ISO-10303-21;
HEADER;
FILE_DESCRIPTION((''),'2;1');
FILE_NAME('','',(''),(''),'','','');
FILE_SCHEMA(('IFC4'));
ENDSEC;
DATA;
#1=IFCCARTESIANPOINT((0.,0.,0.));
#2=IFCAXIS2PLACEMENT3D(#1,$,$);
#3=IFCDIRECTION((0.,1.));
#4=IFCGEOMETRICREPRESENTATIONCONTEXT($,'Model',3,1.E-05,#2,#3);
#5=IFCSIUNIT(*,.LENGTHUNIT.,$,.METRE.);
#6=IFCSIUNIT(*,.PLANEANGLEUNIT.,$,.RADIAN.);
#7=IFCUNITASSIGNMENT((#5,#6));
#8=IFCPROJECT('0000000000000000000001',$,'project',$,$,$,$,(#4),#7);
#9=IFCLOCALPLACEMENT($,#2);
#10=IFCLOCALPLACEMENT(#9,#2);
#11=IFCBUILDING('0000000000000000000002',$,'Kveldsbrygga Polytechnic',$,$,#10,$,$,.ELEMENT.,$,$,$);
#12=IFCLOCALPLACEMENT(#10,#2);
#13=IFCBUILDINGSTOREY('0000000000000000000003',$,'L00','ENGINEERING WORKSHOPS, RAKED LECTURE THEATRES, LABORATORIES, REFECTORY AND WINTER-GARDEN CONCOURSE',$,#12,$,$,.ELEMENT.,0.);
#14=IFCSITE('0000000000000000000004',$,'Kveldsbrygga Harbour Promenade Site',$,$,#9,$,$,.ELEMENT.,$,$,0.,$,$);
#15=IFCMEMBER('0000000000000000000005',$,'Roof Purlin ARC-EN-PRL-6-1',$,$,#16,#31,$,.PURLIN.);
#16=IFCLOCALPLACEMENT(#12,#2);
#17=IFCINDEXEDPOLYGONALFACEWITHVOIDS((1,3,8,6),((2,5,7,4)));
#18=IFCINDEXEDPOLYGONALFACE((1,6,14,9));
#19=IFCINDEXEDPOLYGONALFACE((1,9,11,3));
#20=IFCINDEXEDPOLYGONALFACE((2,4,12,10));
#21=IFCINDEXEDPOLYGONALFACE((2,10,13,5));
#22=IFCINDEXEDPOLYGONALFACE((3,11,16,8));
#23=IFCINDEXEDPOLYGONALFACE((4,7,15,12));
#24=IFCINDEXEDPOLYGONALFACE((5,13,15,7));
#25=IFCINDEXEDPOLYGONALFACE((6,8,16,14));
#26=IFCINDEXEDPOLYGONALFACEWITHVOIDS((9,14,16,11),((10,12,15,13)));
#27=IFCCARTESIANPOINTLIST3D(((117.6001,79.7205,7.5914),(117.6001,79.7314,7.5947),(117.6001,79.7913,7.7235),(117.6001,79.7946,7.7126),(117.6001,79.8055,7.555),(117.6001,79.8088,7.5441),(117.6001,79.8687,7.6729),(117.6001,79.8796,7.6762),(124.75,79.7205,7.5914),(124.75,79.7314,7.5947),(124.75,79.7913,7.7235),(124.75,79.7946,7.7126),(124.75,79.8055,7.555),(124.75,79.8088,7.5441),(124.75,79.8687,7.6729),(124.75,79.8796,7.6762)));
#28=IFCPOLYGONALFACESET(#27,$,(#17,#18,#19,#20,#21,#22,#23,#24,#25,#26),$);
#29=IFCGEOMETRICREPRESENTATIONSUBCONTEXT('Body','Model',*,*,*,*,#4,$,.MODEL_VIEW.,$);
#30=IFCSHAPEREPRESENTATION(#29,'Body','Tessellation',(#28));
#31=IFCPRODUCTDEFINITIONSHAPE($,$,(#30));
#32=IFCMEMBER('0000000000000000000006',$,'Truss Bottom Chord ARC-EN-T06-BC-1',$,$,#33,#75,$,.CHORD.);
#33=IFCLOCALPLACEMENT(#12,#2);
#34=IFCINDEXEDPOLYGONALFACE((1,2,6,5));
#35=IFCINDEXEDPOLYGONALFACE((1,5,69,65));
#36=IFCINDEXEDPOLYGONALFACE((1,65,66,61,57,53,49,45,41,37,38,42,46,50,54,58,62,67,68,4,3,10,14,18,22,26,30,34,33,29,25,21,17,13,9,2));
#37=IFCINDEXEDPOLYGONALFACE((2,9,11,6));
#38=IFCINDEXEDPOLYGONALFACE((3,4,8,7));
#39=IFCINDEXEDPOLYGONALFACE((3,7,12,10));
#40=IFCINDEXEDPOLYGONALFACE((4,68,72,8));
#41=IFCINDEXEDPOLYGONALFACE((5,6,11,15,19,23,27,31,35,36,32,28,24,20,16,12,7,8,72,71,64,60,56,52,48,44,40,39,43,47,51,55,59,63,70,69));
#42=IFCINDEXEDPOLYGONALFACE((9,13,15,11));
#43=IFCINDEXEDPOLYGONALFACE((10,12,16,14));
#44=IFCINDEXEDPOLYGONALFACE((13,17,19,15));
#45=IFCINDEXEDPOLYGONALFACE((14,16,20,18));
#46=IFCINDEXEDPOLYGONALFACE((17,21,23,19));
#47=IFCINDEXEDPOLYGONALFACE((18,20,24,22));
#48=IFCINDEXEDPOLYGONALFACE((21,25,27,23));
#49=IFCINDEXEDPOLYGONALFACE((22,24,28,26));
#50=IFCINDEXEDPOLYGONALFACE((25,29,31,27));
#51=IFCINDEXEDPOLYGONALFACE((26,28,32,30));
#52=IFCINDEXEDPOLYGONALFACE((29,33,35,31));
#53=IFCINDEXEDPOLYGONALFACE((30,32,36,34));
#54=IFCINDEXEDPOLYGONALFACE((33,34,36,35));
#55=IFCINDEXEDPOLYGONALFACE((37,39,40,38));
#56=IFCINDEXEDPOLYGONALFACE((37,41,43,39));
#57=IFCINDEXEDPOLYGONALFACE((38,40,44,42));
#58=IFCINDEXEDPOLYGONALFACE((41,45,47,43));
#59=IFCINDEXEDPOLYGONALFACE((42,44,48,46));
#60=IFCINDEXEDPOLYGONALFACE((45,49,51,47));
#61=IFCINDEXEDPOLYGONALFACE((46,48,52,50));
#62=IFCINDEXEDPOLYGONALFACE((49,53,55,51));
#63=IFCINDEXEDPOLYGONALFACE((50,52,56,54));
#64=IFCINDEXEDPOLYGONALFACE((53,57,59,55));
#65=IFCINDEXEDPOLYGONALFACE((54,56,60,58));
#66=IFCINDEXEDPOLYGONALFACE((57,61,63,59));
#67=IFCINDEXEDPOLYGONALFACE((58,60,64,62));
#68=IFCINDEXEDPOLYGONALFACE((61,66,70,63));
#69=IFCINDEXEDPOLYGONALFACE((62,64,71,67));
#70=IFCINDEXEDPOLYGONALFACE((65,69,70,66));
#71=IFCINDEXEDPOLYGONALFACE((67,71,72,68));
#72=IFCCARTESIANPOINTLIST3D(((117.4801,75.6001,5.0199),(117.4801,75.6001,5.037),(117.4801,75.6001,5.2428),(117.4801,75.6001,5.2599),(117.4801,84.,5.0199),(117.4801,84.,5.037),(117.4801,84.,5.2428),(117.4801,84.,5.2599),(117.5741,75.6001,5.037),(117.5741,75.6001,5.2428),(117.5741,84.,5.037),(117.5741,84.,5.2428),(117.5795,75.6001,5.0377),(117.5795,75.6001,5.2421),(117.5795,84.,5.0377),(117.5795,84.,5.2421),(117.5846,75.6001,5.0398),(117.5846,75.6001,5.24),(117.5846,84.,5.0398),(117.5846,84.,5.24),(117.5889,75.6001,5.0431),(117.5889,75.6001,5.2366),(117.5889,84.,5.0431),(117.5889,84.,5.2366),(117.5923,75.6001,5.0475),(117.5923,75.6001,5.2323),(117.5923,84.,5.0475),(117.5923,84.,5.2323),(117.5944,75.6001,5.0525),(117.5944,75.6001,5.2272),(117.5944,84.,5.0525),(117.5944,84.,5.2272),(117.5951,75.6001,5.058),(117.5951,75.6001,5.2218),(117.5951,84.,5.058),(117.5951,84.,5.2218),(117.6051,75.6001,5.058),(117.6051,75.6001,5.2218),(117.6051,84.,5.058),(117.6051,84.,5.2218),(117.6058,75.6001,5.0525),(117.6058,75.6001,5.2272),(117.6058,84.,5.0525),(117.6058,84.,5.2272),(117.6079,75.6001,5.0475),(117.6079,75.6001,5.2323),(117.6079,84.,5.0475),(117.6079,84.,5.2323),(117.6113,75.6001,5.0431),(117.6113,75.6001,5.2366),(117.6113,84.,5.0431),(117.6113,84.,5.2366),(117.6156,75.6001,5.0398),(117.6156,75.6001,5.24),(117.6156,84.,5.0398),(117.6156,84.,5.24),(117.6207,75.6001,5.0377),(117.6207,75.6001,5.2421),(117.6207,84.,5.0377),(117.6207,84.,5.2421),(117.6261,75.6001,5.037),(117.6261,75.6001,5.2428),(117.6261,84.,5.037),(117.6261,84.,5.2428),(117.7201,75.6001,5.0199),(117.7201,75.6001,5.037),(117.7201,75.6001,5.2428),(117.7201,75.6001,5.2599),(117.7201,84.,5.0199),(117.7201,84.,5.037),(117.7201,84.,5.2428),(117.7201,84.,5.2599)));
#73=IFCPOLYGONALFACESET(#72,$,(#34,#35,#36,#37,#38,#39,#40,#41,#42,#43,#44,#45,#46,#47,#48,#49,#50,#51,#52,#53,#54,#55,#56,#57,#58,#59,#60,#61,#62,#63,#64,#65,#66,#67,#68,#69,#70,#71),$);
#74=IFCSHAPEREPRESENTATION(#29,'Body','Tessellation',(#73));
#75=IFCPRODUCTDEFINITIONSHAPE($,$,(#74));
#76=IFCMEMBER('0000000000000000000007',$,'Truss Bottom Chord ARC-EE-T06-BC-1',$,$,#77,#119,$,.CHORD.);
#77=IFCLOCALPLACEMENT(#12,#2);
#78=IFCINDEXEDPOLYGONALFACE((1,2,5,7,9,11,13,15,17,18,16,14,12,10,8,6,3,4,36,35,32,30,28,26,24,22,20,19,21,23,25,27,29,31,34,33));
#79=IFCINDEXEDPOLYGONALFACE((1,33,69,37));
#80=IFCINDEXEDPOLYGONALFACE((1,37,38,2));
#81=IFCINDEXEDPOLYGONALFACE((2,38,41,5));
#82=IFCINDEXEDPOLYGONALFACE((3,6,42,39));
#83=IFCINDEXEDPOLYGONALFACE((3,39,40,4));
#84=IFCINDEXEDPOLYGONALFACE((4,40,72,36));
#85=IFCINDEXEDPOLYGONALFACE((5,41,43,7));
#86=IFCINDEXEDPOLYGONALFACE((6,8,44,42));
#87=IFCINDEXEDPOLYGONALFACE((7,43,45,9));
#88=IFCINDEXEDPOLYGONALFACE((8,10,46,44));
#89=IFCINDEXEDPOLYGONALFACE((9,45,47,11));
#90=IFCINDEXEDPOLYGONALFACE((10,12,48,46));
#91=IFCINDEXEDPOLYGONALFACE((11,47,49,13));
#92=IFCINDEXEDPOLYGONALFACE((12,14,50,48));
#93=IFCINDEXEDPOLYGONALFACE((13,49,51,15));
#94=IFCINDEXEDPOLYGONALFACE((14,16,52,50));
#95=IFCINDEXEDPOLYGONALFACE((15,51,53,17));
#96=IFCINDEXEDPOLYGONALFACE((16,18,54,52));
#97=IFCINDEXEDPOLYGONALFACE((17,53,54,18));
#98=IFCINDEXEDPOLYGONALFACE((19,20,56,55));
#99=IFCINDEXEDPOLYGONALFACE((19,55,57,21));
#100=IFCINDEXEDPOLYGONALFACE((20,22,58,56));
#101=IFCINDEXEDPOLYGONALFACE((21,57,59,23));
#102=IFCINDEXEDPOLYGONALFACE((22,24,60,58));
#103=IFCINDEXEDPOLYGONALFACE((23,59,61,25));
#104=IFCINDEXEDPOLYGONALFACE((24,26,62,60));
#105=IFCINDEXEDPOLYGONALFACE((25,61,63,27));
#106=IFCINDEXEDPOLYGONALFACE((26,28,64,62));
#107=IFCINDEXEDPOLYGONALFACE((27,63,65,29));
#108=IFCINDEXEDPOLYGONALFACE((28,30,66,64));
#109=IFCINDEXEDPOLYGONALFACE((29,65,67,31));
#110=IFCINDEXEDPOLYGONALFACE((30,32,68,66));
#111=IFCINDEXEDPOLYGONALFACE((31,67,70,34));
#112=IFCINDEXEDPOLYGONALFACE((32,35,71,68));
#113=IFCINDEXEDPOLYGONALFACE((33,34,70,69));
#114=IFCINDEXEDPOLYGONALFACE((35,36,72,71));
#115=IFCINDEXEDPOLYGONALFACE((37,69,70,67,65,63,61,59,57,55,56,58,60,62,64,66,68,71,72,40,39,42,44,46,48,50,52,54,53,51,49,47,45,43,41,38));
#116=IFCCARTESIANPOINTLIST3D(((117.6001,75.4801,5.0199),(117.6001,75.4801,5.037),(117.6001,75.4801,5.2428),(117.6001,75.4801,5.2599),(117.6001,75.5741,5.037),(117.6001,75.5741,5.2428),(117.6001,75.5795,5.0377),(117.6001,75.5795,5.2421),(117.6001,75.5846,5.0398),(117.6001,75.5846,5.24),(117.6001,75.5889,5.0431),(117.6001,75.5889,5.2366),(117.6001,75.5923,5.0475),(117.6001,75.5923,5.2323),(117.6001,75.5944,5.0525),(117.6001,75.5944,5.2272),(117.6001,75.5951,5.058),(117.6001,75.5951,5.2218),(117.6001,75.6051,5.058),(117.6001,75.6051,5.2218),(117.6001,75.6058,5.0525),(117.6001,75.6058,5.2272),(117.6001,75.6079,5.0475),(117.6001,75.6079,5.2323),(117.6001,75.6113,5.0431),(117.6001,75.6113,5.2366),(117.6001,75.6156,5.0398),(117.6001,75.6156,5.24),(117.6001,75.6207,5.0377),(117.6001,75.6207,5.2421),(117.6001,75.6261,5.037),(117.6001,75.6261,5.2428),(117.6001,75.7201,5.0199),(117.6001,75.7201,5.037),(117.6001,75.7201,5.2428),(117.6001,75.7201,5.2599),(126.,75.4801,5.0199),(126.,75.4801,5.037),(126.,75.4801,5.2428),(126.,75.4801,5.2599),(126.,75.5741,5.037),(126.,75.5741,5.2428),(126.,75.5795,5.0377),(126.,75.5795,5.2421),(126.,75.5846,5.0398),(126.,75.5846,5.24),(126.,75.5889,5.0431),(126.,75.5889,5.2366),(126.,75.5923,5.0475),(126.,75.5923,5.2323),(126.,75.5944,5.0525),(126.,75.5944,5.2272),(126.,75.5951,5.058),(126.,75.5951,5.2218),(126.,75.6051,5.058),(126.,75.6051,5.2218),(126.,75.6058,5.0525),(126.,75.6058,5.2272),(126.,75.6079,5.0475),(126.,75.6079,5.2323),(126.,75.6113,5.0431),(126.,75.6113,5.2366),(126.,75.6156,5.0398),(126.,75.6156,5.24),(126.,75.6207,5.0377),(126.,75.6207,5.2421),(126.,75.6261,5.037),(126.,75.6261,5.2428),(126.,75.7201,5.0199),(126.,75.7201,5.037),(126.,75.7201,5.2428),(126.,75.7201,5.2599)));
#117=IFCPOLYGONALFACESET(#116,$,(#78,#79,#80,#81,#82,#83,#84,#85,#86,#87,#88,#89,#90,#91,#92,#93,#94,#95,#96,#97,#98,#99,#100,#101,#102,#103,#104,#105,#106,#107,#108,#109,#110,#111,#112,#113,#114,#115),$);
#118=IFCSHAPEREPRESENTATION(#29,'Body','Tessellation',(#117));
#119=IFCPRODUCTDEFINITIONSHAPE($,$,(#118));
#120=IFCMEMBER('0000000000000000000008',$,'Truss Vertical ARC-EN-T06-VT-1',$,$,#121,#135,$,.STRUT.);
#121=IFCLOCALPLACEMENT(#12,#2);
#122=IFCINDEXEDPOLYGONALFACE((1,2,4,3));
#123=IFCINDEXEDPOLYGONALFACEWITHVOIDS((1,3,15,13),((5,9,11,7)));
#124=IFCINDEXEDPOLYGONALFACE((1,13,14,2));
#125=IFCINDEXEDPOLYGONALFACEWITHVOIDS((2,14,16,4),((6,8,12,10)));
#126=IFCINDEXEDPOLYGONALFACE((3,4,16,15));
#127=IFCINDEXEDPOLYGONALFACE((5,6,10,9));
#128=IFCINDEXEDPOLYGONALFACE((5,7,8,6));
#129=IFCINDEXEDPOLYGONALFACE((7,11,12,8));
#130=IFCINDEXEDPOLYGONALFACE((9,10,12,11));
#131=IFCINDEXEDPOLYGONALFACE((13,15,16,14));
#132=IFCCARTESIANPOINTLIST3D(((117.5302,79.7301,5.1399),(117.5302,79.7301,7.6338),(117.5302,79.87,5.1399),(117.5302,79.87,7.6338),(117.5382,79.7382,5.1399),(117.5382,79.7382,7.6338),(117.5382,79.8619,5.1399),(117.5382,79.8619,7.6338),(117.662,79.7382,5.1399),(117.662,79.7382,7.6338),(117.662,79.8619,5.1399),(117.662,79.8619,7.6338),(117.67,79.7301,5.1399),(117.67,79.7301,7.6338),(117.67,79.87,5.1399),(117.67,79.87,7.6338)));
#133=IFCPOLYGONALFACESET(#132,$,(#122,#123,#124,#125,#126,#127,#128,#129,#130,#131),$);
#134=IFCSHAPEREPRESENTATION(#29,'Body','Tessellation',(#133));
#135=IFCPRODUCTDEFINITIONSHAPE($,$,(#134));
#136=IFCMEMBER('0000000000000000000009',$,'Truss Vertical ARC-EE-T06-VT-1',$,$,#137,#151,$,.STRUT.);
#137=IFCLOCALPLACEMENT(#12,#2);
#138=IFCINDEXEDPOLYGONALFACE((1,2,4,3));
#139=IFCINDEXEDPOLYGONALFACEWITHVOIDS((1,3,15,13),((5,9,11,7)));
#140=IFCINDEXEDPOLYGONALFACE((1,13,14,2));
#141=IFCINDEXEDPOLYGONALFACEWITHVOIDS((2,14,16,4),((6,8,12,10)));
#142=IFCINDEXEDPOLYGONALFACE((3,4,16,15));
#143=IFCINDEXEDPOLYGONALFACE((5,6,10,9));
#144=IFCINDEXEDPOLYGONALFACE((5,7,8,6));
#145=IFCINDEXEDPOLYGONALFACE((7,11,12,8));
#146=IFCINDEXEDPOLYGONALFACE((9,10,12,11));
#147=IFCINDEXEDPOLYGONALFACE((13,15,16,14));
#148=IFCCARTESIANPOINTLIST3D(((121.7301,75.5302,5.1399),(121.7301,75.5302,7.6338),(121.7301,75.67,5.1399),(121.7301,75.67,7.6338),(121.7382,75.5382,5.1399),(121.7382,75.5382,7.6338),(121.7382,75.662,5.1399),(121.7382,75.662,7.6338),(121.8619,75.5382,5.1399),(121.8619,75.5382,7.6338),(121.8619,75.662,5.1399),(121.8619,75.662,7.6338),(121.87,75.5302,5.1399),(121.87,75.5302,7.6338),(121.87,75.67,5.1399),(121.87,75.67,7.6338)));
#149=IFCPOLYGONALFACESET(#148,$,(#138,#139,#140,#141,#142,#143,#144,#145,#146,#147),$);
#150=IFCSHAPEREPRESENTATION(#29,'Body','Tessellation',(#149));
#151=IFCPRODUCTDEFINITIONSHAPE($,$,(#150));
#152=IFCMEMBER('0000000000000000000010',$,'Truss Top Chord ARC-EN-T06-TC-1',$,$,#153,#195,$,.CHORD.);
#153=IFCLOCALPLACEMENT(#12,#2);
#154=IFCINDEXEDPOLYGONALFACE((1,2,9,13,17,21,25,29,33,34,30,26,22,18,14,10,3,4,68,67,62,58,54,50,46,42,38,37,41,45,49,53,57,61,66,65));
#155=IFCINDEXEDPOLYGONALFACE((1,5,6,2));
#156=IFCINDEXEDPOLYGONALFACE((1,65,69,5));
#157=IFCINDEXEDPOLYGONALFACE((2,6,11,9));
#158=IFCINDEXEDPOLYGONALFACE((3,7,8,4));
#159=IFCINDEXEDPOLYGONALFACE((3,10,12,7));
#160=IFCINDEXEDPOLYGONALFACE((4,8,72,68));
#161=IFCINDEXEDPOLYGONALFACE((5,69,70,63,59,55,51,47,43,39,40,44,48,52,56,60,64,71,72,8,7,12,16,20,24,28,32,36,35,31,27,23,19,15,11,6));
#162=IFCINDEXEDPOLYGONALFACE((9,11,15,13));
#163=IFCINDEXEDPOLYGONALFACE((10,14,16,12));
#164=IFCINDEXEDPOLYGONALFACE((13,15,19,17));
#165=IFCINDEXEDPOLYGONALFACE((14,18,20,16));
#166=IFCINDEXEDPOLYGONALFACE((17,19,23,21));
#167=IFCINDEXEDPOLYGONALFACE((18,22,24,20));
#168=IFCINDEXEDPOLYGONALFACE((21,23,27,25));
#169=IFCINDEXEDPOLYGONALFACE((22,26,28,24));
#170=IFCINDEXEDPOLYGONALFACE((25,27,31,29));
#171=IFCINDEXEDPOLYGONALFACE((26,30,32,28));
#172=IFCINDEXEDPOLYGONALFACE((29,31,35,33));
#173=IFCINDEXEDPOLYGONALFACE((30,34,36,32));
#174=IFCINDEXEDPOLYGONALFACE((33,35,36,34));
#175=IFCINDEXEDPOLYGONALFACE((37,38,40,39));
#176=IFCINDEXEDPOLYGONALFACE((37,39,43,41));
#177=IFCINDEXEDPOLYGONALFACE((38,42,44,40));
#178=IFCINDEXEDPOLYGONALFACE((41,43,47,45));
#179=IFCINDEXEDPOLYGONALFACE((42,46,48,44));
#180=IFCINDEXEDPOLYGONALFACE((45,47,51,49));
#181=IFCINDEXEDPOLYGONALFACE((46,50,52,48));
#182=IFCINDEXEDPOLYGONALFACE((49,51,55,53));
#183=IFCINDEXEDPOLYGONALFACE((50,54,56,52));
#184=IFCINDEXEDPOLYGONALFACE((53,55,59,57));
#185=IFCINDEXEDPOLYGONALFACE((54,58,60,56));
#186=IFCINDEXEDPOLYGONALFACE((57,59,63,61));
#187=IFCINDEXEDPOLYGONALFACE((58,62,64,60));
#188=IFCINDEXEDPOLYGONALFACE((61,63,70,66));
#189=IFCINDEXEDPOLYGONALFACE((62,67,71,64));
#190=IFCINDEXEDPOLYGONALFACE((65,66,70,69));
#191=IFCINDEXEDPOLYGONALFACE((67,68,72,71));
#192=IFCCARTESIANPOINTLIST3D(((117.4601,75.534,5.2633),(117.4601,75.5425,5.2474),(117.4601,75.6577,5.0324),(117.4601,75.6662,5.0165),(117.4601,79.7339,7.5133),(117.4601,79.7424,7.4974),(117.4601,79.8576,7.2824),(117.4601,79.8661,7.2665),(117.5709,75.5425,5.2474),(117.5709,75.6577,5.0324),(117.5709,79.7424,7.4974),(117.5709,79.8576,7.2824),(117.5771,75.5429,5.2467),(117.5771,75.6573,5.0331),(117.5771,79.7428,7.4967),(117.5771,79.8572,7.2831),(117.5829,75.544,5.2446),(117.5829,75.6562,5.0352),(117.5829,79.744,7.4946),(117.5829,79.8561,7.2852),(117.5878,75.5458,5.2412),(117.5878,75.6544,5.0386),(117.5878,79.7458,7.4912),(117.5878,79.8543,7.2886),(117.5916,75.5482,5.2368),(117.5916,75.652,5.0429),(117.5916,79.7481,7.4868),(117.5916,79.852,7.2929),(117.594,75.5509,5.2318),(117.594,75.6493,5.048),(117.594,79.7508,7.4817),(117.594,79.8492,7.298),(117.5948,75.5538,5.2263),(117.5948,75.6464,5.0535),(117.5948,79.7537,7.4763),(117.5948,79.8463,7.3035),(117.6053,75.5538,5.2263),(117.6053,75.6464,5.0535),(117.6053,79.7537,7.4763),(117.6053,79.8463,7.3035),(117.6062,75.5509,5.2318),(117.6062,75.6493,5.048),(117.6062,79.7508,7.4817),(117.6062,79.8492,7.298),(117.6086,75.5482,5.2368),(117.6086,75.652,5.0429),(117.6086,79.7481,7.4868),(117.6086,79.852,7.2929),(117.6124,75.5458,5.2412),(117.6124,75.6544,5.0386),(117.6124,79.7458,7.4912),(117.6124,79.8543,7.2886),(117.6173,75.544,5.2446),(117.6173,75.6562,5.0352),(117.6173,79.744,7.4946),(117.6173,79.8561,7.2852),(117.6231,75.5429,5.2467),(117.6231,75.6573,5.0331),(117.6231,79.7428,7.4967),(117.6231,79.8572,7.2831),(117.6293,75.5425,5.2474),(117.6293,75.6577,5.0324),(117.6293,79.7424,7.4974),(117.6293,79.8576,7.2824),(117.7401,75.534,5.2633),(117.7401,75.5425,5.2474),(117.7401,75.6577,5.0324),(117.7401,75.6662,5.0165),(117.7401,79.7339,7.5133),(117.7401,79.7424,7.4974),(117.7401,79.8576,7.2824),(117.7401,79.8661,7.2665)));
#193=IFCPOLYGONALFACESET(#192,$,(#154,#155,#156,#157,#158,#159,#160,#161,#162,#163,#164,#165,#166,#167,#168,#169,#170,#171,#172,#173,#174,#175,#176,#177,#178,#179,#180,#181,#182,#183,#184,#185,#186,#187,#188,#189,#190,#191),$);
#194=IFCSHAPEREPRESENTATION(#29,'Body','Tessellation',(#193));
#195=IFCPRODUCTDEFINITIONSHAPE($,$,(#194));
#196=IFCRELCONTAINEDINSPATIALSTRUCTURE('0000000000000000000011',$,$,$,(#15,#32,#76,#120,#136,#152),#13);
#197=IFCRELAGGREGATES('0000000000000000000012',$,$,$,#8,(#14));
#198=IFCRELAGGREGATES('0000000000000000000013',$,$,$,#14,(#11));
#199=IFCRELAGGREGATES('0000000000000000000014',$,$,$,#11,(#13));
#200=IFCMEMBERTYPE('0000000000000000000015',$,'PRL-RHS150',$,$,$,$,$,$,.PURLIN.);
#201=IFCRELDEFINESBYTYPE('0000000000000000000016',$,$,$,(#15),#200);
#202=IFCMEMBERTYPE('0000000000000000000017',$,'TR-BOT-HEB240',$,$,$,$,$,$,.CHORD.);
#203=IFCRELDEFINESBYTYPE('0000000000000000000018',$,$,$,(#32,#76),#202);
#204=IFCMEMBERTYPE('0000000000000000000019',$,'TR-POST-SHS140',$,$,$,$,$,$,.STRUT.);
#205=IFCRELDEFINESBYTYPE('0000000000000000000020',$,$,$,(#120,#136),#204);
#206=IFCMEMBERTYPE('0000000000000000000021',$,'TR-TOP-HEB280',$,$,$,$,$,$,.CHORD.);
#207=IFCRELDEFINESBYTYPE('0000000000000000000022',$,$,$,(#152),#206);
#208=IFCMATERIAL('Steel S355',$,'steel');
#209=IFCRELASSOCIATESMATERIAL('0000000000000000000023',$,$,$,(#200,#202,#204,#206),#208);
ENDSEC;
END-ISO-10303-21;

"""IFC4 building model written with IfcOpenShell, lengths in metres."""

from ifc_helpers import new_model, si_unit, direction, frame, origin, origin_2d, place, context, subcontext, project, spatial, hollow_rectangle, i_section, extrude, material, material_profile, profile_set, type_object, element, save


model = new_model("IFC4")

# Units and contexts
model_context = context("Model", 3, precision=1e-05, world=origin(), true_north=direction((0.0, 1.0)))
body_context = subcontext(model_context, "Body", "Model", "MODEL_VIEW")
ifc_project = project(units=[si_unit("LENGTHUNIT", "METRE"), si_unit("PLANEANGLEUNIT", "RADIAN")], contexts=[model_context])

# Site, building, storey
site_placement = place(None, origin())
site = spatial("IfcSite", under=ifc_project, at=site_placement, Name="Kveldsbrygga Harbour Promenade Site", CompositionType="ELEMENT", RefElevation=0.0)
building_placement = place(site_placement, origin())
building = spatial("IfcBuilding", under=site, at=building_placement, Name="Kveldsbrygga Polytechnic", CompositionType="ELEMENT")
storey_placement = place(building_placement, origin())
storey = spatial("IfcBuildingStorey", under=building, at=storey_placement, Name="L00", Description="ENGINEERING WORKSHOPS, RAKED LECTURE THEATRES, LABORATORIES, REFECTORY AND WINTER-GARDEN CONCOURSE", CompositionType="ELEMENT", Elevation=0.0)

# Members
ifc_material = material(Name="Steel S355", Category="steel")
ifc_material_profile_1 = material_profile(ifc_material, hollow_rectangle(XDim=0.1001, YDim=0.1499, WallThickness=0.0081, at=origin_2d()), Name="RHS 150x100x8.0")
ifc_profile_set_1 = profile_set([ifc_material_profile_1], Name="Steel S355")
member_type_1 = type_object("IfcMemberType", Name="PRL-RHS150", PredefinedType="PURLIN", material=ifc_profile_set_1)
member_placement = place(storey_placement, frame((117.6001, 79.8, 7.6338), z_axis=(1.0, 0.0, 0.0), x_axis=(0.0, 0.88148, -0.472222)))
element("IfcMember", 1, at=member_placement, inside=storey, type_object=member_type_1, Name="Roof Purlin ARC-EN-PRL-6-1", PredefinedType="PURLIN", context=body_context, shape_type="SweptSolid", body=[
    extrude(hollow_rectangle(XDim=0.1001, YDim=0.1499, WallThickness=0.0081, at=origin_2d()), origin(), (0.0, 0.0, 1.0), 7.1499),
])
ifc_material_profile_2 = material_profile(ifc_material, i_section(OverallWidth=0.24, OverallDepth=0.24, WebThickness=0.01, FlangeThickness=0.0171, FilletRadius=0.021, at=origin_2d()), Name="HEB 240")
ifc_profile_set_2 = profile_set([ifc_material_profile_2], Name="Steel S355")
member_type_2 = type_object("IfcMemberType", Name="TR-BOT-HEB240", PredefinedType="CHORD", material=ifc_profile_set_2)
for number, where, z_axis, x_axis, name in (
    (2, (117.6001, 75.6001, 5.1399), (0.0, 1.0, 0.0), (-1.0, 0.0, 0.0), "Truss Bottom Chord ARC-EN-T06-BC-1"),
    (3, (117.6001, 75.6001, 5.1399), (1.0, 0.0, 0.0), (0.0, 1.0, 0.0), "Truss Bottom Chord ARC-EE-T06-BC-1"),
):
    element("IfcMember", number, at=place(storey_placement, frame(where, z_axis=z_axis, x_axis=x_axis)), inside=storey, type_object=member_type_2, Name=name, PredefinedType="CHORD", context=body_context, shape_type="SweptSolid", body=[
        extrude(i_section(OverallWidth=0.24, OverallDepth=0.24, WebThickness=0.01, FlangeThickness=0.0171, FilletRadius=0.021, at=origin_2d()), origin(), (0.0, 0.0, 1.0), 8.3999),
    ])
ifc_material_profile_3 = material_profile(ifc_material, hollow_rectangle(XDim=0.1399, YDim=0.1399, WallThickness=0.0081, at=origin_2d()), Name="SHS 140x140x8.0")
ifc_profile_set_3 = profile_set([ifc_material_profile_3], Name="Steel S355")
member_type_3 = type_object("IfcMemberType", Name="TR-POST-SHS140", PredefinedType="STRUT", material=ifc_profile_set_3)
for number, where, z_axis, x_axis, name in (
    (4, (117.6001, 79.8, 5.1399), (0.0, 0.0, 1.0), (1.0, 0.0, 0.0), "Truss Vertical ARC-EN-T06-VT-1"),
    (5, (121.8, 75.6001, 5.1399), (0.0, 0.0, 1.0), (1.0, 0.0, 0.0), "Truss Vertical ARC-EE-T06-VT-1"),
):
    element("IfcMember", number, at=place(storey_placement, frame(where, z_axis=z_axis, x_axis=x_axis)), inside=storey, type_object=member_type_3, Name=name, PredefinedType="STRUT", context=body_context, shape_type="SweptSolid", body=[
        extrude(hollow_rectangle(XDim=0.1399, YDim=0.1399, WallThickness=0.0081, at=origin_2d()), origin(), (0.0, 0.0, 1.0), 2.4939),
    ])
ifc_material_profile_4 = material_profile(ifc_material, i_section(OverallWidth=0.28, OverallDepth=0.28, WebThickness=0.0105, FlangeThickness=0.0181, FilletRadius=0.0239, at=origin_2d()), Name="HEB 280")
ifc_profile_set_4 = profile_set([ifc_material_profile_4], Name="Steel S355")
member_type_4 = type_object("IfcMemberType", Name="TR-TOP-HEB280", PredefinedType="CHORD", material=ifc_profile_set_4)
for number, where, z_axis, x_axis, name in (
    (6, (117.6001, 75.6001, 5.1399), (0.0, 0.881478, 0.472226), (-1.0, 0.0, 0.0), "Truss Top Chord ARC-EN-T06-TC-1"),
):
    element("IfcMember", number, at=place(storey_placement, frame(where, z_axis=z_axis, x_axis=x_axis)), inside=storey, type_object=member_type_4, Name=name, PredefinedType="CHORD", context=body_context, shape_type="SweptSolid", body=[
        extrude(i_section(OverallWidth=0.28, OverallDepth=0.28, WebThickness=0.0105, FlangeThickness=0.0181, FilletRadius=0.0239, at=origin_2d()), origin(), (0.0, 0.0, 1.0), 4.7646),
    ])

save(model, "model.ifc")
